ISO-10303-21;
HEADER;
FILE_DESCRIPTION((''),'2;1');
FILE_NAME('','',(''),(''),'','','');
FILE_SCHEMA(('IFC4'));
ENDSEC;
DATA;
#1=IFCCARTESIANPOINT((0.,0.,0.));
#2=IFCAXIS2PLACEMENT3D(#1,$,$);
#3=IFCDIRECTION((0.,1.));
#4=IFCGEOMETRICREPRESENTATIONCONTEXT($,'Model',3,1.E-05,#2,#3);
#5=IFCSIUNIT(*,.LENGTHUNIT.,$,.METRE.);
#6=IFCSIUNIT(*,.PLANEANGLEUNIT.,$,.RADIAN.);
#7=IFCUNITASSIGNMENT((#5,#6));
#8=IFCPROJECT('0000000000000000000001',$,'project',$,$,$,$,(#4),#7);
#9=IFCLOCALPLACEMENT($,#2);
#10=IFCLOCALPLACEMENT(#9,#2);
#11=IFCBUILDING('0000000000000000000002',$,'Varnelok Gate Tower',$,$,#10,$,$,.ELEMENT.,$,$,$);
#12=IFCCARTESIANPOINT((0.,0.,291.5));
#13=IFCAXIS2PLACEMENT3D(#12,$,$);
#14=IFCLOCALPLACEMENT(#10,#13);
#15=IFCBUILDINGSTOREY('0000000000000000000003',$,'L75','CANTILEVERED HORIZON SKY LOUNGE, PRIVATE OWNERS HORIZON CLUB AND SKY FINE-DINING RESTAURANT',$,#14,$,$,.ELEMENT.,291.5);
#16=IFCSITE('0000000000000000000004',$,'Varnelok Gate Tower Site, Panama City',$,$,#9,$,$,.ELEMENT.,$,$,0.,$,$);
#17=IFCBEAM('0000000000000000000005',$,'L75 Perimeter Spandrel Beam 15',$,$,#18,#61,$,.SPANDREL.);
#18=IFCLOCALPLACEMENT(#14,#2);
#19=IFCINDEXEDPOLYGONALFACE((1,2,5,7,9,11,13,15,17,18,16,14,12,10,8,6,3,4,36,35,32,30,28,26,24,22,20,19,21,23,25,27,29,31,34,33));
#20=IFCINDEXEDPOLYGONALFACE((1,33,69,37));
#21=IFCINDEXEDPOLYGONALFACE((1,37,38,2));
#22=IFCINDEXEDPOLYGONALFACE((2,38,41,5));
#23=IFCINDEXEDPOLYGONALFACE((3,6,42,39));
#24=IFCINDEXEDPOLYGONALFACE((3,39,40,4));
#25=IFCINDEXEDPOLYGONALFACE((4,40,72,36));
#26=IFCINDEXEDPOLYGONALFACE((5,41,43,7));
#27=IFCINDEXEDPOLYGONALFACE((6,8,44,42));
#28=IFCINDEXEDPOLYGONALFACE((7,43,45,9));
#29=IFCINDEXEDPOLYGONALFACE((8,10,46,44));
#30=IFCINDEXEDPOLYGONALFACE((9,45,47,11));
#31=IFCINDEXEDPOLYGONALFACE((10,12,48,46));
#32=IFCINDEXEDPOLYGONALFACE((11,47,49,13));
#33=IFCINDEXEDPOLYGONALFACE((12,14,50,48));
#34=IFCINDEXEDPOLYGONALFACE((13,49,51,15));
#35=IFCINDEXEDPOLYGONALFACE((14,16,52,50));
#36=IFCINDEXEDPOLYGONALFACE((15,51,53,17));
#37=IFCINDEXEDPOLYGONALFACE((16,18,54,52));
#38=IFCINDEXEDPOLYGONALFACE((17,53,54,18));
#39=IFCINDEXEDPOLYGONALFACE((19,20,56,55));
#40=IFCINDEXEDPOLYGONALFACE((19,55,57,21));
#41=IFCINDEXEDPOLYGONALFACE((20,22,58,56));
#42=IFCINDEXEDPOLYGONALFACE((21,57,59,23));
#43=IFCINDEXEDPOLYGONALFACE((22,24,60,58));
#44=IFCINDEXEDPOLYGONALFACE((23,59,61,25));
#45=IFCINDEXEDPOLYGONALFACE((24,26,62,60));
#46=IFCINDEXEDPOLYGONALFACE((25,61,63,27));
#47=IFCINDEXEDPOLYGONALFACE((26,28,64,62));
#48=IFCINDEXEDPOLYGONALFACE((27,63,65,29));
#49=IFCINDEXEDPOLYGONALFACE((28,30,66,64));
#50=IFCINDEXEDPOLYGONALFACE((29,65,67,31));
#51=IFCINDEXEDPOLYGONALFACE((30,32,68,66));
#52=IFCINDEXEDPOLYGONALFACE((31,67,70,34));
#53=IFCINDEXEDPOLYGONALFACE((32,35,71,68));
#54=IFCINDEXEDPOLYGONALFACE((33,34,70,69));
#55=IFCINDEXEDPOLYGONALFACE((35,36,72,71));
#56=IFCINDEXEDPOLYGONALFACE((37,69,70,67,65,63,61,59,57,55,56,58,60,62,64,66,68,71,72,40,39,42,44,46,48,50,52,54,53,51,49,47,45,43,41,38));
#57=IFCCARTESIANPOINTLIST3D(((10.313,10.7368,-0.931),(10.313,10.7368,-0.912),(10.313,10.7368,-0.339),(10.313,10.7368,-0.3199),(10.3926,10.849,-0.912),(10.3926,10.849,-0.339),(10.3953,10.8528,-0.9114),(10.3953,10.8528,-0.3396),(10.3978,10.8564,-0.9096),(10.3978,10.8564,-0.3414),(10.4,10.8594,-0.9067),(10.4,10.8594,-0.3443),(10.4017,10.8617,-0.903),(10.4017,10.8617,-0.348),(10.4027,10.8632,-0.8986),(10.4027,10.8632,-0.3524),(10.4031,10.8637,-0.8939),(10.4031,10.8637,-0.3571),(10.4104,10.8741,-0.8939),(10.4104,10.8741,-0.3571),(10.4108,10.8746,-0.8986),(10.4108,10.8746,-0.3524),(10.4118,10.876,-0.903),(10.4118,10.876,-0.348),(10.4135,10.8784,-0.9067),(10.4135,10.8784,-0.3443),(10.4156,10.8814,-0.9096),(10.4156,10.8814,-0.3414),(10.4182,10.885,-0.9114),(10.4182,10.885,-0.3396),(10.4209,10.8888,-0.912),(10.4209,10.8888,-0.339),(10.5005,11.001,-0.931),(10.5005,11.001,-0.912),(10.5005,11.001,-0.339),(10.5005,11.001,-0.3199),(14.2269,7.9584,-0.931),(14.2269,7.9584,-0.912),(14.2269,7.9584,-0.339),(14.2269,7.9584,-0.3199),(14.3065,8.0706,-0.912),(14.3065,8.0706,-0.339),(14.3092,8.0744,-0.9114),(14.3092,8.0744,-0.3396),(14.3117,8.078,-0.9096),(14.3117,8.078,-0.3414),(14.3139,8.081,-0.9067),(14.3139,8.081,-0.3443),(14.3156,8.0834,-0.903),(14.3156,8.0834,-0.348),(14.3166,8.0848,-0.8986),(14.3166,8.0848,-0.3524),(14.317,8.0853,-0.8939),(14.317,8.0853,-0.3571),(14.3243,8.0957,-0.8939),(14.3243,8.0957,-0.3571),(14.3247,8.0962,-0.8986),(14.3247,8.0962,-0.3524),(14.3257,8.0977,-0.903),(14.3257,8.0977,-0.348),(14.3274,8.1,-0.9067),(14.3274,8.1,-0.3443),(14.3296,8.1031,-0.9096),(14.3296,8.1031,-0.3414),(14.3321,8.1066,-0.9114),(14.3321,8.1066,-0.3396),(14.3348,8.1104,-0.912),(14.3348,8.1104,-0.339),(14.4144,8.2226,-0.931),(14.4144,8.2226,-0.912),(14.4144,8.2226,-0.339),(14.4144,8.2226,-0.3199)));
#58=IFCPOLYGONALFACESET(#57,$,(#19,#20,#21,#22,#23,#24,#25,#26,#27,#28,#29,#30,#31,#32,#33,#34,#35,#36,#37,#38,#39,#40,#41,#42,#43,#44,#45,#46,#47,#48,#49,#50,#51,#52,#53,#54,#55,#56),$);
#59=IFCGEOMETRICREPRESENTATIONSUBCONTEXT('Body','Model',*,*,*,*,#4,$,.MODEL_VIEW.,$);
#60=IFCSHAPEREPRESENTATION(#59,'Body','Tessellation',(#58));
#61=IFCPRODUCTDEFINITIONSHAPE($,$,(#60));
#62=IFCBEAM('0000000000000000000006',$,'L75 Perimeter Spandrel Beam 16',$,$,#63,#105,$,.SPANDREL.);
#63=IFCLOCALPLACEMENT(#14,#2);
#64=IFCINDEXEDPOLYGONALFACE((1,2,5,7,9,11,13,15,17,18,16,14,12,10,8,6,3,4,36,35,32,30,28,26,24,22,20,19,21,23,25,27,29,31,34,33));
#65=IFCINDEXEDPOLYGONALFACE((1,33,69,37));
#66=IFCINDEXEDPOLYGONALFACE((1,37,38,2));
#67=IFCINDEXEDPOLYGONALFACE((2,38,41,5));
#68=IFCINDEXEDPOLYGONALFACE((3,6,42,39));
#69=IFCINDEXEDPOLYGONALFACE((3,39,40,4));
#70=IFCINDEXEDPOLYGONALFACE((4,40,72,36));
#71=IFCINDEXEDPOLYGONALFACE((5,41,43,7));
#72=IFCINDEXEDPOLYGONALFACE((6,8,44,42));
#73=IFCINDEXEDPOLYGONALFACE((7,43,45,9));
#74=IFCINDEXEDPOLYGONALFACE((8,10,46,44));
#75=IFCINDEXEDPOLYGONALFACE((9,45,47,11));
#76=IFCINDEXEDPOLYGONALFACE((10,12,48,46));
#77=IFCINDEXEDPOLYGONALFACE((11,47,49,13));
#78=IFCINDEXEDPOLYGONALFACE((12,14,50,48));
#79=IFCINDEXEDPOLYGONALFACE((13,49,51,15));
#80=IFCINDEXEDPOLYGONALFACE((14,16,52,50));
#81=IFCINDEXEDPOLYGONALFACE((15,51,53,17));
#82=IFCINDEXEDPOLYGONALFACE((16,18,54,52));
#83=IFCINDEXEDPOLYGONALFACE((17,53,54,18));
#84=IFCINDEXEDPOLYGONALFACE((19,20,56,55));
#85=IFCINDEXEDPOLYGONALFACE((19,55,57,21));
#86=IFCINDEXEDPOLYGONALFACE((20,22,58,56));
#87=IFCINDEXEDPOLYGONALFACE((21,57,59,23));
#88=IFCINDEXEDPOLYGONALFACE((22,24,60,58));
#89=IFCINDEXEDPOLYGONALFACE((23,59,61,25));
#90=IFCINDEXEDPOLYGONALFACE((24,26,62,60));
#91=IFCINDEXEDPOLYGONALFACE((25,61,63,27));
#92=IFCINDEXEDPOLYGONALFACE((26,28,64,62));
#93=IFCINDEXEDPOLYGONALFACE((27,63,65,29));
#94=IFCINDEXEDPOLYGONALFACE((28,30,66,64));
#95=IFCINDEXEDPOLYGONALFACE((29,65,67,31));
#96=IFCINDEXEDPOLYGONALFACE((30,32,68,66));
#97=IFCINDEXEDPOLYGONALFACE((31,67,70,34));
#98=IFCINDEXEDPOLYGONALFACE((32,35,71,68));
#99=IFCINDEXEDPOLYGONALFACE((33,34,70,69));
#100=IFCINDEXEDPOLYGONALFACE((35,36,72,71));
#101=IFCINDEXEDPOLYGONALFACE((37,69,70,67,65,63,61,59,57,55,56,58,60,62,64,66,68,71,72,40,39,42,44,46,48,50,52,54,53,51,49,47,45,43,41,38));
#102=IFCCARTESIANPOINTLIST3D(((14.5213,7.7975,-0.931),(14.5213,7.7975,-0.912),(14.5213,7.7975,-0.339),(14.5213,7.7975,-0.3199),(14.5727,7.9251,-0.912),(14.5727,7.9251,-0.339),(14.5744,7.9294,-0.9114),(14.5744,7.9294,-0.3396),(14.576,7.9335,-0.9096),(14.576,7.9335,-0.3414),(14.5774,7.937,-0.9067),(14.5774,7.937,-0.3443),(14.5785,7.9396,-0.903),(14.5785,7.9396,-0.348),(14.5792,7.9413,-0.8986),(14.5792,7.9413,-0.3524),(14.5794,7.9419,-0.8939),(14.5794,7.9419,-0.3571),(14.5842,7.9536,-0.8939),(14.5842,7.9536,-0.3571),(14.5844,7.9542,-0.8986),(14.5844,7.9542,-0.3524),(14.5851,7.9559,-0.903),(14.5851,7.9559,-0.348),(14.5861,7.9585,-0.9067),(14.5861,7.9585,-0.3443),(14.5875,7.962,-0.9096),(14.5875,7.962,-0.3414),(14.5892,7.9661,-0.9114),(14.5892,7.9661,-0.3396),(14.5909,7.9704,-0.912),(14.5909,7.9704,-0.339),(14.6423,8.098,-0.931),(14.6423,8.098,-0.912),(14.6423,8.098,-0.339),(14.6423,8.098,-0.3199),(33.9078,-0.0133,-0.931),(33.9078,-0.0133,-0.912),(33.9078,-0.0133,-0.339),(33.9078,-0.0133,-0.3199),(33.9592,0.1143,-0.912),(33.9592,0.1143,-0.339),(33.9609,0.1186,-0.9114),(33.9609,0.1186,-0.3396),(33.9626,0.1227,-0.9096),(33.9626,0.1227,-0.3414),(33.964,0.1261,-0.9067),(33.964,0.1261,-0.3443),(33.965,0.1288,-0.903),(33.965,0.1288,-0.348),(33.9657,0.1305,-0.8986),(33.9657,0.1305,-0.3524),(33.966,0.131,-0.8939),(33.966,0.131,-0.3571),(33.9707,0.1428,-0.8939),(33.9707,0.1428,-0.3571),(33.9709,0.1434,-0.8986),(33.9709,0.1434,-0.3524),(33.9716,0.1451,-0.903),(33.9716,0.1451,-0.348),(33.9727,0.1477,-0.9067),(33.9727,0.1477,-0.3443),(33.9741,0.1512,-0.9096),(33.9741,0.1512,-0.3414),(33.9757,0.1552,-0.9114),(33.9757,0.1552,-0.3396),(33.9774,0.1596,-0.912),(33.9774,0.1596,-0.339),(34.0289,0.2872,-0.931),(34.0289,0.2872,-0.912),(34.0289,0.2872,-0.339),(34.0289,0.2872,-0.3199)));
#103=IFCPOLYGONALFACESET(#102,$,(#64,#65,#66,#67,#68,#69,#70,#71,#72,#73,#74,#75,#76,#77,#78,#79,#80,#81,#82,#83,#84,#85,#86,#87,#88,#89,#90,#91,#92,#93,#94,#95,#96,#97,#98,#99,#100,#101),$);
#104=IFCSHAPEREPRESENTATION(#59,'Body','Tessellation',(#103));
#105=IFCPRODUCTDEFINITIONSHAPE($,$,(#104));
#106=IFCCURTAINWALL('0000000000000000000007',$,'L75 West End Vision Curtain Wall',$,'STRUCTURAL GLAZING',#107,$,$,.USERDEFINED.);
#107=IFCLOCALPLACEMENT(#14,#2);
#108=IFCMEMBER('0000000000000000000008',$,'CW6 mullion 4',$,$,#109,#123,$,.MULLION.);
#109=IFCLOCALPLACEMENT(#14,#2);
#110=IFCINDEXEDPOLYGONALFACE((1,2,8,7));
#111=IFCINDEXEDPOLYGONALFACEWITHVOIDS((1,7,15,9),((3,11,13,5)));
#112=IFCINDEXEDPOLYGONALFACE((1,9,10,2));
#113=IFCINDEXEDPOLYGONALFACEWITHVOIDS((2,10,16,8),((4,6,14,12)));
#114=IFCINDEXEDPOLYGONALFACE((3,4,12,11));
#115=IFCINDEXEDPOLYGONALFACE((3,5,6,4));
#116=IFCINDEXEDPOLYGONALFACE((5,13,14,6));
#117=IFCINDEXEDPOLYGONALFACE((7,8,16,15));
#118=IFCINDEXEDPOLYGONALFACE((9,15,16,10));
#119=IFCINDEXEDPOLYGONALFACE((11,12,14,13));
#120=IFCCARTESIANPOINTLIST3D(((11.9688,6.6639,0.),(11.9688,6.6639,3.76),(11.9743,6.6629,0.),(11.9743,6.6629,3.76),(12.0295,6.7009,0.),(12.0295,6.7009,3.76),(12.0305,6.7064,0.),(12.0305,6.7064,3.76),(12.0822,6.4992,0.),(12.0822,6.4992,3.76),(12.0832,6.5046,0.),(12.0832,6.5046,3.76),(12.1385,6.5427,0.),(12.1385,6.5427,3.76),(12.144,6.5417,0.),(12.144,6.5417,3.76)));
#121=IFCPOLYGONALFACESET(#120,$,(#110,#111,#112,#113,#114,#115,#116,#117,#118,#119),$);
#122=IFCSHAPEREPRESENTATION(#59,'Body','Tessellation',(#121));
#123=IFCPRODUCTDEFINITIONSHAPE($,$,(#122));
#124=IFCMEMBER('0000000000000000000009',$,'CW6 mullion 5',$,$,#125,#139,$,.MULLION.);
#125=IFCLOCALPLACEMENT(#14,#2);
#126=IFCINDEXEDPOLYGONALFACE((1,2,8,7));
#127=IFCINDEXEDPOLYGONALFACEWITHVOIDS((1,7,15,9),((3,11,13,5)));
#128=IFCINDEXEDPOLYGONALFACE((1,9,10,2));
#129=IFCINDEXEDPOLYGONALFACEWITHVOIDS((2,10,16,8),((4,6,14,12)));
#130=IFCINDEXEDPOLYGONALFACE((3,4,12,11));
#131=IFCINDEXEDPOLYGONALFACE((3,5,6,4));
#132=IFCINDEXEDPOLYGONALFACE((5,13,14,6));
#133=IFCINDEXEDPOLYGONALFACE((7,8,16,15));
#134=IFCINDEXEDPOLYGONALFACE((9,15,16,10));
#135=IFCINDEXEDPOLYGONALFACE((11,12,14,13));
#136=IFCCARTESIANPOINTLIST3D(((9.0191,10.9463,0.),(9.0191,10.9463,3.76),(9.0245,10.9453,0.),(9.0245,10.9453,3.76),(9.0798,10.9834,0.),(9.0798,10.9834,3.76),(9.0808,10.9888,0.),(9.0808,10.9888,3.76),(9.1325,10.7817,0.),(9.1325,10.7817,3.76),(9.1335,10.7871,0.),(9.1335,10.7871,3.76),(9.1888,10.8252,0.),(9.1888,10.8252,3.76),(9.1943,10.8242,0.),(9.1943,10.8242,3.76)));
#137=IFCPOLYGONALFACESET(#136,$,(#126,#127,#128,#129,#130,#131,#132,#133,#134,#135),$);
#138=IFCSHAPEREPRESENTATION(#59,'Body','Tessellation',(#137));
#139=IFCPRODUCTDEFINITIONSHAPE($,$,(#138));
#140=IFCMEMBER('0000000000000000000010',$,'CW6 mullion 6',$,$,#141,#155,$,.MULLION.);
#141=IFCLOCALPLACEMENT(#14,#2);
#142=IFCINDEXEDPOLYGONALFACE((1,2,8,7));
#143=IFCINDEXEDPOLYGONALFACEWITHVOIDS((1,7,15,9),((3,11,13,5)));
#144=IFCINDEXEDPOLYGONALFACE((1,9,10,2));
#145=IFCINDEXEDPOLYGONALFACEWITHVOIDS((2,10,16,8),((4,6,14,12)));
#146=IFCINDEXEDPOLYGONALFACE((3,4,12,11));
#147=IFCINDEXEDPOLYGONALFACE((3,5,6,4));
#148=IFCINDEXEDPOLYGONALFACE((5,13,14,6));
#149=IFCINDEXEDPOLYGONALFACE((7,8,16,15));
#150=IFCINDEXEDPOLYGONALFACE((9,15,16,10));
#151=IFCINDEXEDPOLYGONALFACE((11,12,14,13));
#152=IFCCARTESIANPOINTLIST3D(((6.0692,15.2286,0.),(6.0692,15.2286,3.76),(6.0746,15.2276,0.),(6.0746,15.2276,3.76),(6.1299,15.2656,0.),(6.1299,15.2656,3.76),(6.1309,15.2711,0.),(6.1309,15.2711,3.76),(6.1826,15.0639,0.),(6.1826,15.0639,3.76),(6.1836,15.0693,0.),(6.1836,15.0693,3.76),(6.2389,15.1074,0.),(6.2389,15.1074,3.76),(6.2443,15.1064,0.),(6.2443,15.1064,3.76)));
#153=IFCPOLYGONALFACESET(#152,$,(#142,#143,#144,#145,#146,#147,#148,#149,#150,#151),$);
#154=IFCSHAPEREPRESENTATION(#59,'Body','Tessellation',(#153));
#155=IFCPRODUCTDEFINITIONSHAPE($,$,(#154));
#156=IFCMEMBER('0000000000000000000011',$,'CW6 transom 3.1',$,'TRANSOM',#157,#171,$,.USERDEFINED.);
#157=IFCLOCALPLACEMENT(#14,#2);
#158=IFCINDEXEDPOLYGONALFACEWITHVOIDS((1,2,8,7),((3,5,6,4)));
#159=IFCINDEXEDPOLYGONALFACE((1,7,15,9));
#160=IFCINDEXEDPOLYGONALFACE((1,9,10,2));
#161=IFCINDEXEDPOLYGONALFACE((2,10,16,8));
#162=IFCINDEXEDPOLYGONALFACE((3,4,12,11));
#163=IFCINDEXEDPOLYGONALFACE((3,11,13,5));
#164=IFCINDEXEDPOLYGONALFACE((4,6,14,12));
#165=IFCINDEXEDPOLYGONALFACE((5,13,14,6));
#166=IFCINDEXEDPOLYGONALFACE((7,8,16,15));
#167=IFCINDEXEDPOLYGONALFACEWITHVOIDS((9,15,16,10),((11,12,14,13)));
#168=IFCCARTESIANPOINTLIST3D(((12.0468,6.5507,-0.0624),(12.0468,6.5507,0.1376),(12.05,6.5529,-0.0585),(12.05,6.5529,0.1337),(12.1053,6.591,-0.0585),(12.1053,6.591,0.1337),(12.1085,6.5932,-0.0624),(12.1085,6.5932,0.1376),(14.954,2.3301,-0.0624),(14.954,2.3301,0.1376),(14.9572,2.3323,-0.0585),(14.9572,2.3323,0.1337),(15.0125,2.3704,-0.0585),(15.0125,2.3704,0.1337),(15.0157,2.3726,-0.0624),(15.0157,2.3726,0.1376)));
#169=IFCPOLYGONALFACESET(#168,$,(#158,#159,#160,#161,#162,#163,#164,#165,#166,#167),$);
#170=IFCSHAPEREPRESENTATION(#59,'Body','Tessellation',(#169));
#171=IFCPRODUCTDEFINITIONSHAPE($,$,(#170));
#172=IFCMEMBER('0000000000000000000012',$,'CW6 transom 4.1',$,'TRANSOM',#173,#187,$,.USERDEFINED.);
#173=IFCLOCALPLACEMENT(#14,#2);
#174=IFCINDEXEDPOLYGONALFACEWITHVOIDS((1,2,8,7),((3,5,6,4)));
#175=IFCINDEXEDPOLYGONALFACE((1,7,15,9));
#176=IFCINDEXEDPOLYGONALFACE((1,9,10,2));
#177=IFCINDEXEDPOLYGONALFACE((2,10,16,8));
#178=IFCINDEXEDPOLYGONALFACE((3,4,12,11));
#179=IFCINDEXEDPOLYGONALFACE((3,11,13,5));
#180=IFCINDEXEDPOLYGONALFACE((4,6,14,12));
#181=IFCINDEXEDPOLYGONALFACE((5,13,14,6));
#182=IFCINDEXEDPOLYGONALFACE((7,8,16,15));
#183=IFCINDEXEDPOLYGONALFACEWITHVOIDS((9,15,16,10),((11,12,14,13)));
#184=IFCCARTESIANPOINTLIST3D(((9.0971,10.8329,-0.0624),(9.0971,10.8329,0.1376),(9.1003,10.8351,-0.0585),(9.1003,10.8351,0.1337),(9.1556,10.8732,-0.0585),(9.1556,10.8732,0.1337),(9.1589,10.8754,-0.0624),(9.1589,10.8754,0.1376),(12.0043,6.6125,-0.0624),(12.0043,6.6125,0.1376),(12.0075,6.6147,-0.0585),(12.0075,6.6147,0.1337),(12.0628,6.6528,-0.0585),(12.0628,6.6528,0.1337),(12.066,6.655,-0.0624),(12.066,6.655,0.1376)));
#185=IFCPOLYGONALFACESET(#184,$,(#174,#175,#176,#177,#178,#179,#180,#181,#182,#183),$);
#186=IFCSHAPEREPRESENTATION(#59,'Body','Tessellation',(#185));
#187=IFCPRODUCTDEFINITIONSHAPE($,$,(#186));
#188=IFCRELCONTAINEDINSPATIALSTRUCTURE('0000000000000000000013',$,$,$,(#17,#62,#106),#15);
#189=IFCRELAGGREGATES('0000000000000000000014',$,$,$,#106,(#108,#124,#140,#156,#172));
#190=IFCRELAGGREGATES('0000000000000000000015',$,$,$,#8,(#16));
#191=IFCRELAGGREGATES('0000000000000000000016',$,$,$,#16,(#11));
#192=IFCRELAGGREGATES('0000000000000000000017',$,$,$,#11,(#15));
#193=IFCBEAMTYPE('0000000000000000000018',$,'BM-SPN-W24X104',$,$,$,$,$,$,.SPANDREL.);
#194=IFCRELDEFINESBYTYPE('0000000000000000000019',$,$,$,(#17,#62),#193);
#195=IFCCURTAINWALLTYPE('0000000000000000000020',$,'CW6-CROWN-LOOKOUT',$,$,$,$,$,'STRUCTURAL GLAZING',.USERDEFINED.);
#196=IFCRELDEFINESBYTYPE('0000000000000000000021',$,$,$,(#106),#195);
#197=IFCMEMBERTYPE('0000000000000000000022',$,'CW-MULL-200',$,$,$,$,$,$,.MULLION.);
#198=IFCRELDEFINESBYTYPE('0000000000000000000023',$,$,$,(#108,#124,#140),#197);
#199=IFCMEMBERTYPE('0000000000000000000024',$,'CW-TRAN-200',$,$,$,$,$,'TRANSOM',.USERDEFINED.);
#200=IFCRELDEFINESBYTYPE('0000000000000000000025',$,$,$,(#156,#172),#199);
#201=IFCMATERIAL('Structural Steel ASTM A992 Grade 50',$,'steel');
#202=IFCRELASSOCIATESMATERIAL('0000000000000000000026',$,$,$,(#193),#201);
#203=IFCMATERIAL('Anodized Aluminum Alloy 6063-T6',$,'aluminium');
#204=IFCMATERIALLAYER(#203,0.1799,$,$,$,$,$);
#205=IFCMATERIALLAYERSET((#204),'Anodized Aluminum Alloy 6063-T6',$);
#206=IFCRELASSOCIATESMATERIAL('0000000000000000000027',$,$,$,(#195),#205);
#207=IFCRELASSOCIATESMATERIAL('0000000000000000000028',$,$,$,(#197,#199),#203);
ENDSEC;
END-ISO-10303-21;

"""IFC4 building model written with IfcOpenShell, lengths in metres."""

from ifc_helpers import new_model, si_unit, direction, frame, origin, origin_2d, place, context, subcontext, project, spatial, hollow_rectangle, i_section, extrude, material, layer, layer_set, material_profile, profile_set, type_object, element, aggregate, save


model = new_model("IFC4")

# Units and contexts
model_context = context("Model", 3, precision=1e-05, world=origin(), true_north=direction((0.0, 1.0)))
body_context = subcontext(model_context, "Body", "Model", "MODEL_VIEW")
ifc_project = project(units=[si_unit("LENGTHUNIT", "METRE"), si_unit("PLANEANGLEUNIT", "RADIAN")], contexts=[model_context])

# Site, building, storey
site_placement = place(None, origin())
site = spatial("IfcSite", under=ifc_project, at=site_placement, Name="Varnelok Gate Tower Site, Panama City", CompositionType="ELEMENT", RefElevation=0.0)
building_placement = place(site_placement, origin())
building = spatial("IfcBuilding", under=site, at=building_placement, Name="Varnelok Gate Tower", CompositionType="ELEMENT")
storey_placement = place(building_placement, frame((0.0, 0.0, 291.5)))
storey = spatial("IfcBuildingStorey", under=building, at=storey_placement, Name="L75", Description="CANTILEVERED HORIZON SKY LOUNGE, PRIVATE OWNERS HORIZON CLUB AND SKY FINE-DINING RESTAURANT", CompositionType="ELEMENT", Elevation=291.5)

# Shared definitions
ifc_material_1 = material(Name="Structural Steel ASTM A992 Grade 50", Category="steel")

# Beams
ifc_material_profile_1 = material_profile(ifc_material_1, i_section(OverallWidth=0.324, OverallDepth=0.6111, WebThickness=0.0127, FlangeThickness=0.019, FilletRadius=0.0181, at=origin_2d()), Name="W24X104")
ifc_profile_set_1 = profile_set([ifc_material_profile_1], Name="Structural Steel ASTM A992 Grade 50")
beam_type = type_object("IfcBeamType", Name="BM-SPN-W24X104", PredefinedType="SPANDREL", material=ifc_profile_set_1)
beam_1_placement = place(storey_placement, frame((10.4067, 10.8689, -0.6255), z_axis=(0.815431, -0.578854, 0.0), x_axis=(0.578854, 0.815431, 0.0)))
element("IfcBeam", 1, at=beam_1_placement, inside=storey, type_object=beam_type, Name="L75 Perimeter Spandrel Beam 15", PredefinedType="SPANDREL", context=body_context, shape_type="SweptSolid", body=[
    extrude(i_section(OverallWidth=0.324, OverallDepth=0.6111, WebThickness=0.0127, FlangeThickness=0.019, FilletRadius=0.0181, at=origin_2d()), origin(), (0.0, 0.0, 1.0), 4.7998),
])
beam_2_placement = place(storey_placement, frame((14.5818, 7.9478, -0.6255), z_axis=(0.927547, -0.373708, 0.0), x_axis=(0.373708, 0.927547, 0.0)))
element("IfcBeam", 2, at=beam_2_placement, inside=storey, type_object=beam_type, Name="L75 Perimeter Spandrel Beam 16", PredefinedType="SPANDREL", context=body_context, shape_type="SweptSolid", body=[
    extrude(i_section(OverallWidth=0.324, OverallDepth=0.6111, WebThickness=0.0127, FlangeThickness=0.019, FilletRadius=0.0181, at=origin_2d()), origin(), (0.0, 0.0, 1.0), 20.9009),
])

# Curtain wall, members
ifc_material_2 = material(Name="Anodized Aluminum Alloy 6063-T6", Category="aluminium")
ifc_layer_1 = layer(ifc_material_2, 0.1799)
ifc_layer_set_1 = layer_set([ifc_layer_1], Name="Anodized Aluminum Alloy 6063-T6")
curtain_wall_type = type_object("IfcCurtainWallType", Name="CW6-CROWN-LOOKOUT", ElementType="STRUCTURAL GLAZING", PredefinedType="USERDEFINED", material=ifc_layer_set_1)
curtain_wall_placement = place(storey_placement, origin())
curtain_wall = element("IfcCurtainWall", 3, at=curtain_wall_placement, inside=storey, type_object=curtain_wall_type, Name="L75 West End Vision Curtain Wall", ObjectType="STRUCTURAL GLAZING", PredefinedType="USERDEFINED")
ifc_material_profile_2 = material_profile(ifc_material_2, hollow_rectangle(XDim=0.075, YDim=0.2, WallThickness=0.0039, at=origin_2d()), Name="ALU200X75X4")
ifc_profile_set_2 = profile_set([ifc_material_profile_2], Name="Anodized Aluminum Alloy 6063-T6")
member_type_1 = type_object("IfcMemberType", Name="CW-MULL-200", PredefinedType="MULLION", material=ifc_profile_set_2)
member_1_placement = place(storey_placement, frame((12.0564, 6.6028, 0.0), z_axis=(0.0, 0.0, 1.0), x_axis=(-0.823532, -0.567269, 0.0)))
member_1 = element("IfcMember", 4, at=member_1_placement, type_object=member_type_1, Name="CW6 mullion 4", PredefinedType="MULLION", context=body_context, shape_type="SweptSolid", body=[
    extrude(hollow_rectangle(XDim=0.075, YDim=0.2, WallThickness=0.0039, at=origin_2d()), origin(), (0.0, 0.0, 1.0), 3.76),
])
member_2_placement = place(storey_placement, frame((9.1067, 10.8853, 0.0), z_axis=(0.0, 0.0, 1.0), x_axis=(-0.823532, -0.567269, 0.0)))
member_2 = element("IfcMember", 5, at=member_2_placement, type_object=member_type_1, Name="CW6 mullion 5", PredefinedType="MULLION", context=body_context, shape_type="SweptSolid", body=[
    extrude(hollow_rectangle(XDim=0.075, YDim=0.2, WallThickness=0.0039, at=origin_2d()), origin(), (0.0, 0.0, 1.0), 3.76),
])
member_3_placement = place(storey_placement, frame((6.1567, 15.1675, 0.0), z_axis=(0.0, 0.0, 1.0), x_axis=(-0.823532, -0.567269, 0.0)))
member_3 = element("IfcMember", 6, at=member_3_placement, type_object=member_type_1, Name="CW6 mullion 6", PredefinedType="MULLION", context=body_context, shape_type="SweptSolid", body=[
    extrude(hollow_rectangle(XDim=0.075, YDim=0.2, WallThickness=0.0039, at=origin_2d()), origin(), (0.0, 0.0, 1.0), 3.76),
])
ifc_material_profile_3 = material_profile(ifc_material_2, hollow_rectangle(XDim=0.075, YDim=0.2, WallThickness=0.0039, at=origin_2d()), Name="ALU200X75X4")
ifc_profile_set_3 = profile_set([ifc_material_profile_3], Name="Anodized Aluminum Alloy 6063-T6")
member_type_2 = type_object("IfcMemberType", Name="CW-TRAN-200", ElementType="TRANSOM", PredefinedType="USERDEFINED", material=ifc_profile_set_3)
member_4_placement = place(storey_placement, frame((14.9849, 2.3513, 0.0376), z_axis=(-0.567256, 0.823541, 0.0), x_axis=(-0.823541, -0.567256, 0.0)))
member_4 = element("IfcMember", 7, at=member_4_placement, type_object=member_type_2, Name="CW6 transom 3.1", ObjectType="TRANSOM", PredefinedType="USERDEFINED", context=body_context, shape_type="SweptSolid", body=[
    extrude(hollow_rectangle(XDim=0.075, YDim=0.2, WallThickness=0.0039, at=origin_2d()), origin(), (0.0, 0.0, 1.0), 5.125),
])
member_5_placement = place(storey_placement, frame((12.0352, 6.6338, 0.0376), z_axis=(-0.567279, 0.823526, 0.0), x_axis=(-0.823526, -0.567279, 0.0)))
member_5 = element("IfcMember", 8, at=member_5_placement, type_object=member_type_2, Name="CW6 transom 4.1", ObjectType="TRANSOM", PredefinedType="USERDEFINED", context=body_context, shape_type="SweptSolid", body=[
    extrude(hollow_rectangle(XDim=0.075, YDim=0.2, WallThickness=0.0039, at=origin_2d()), origin(), (0.0, 0.0, 1.0), 5.1248),
])

aggregate(curtain_wall, [member_1, member_2, member_3, member_4, member_5])

save(model, "model.ifc")
